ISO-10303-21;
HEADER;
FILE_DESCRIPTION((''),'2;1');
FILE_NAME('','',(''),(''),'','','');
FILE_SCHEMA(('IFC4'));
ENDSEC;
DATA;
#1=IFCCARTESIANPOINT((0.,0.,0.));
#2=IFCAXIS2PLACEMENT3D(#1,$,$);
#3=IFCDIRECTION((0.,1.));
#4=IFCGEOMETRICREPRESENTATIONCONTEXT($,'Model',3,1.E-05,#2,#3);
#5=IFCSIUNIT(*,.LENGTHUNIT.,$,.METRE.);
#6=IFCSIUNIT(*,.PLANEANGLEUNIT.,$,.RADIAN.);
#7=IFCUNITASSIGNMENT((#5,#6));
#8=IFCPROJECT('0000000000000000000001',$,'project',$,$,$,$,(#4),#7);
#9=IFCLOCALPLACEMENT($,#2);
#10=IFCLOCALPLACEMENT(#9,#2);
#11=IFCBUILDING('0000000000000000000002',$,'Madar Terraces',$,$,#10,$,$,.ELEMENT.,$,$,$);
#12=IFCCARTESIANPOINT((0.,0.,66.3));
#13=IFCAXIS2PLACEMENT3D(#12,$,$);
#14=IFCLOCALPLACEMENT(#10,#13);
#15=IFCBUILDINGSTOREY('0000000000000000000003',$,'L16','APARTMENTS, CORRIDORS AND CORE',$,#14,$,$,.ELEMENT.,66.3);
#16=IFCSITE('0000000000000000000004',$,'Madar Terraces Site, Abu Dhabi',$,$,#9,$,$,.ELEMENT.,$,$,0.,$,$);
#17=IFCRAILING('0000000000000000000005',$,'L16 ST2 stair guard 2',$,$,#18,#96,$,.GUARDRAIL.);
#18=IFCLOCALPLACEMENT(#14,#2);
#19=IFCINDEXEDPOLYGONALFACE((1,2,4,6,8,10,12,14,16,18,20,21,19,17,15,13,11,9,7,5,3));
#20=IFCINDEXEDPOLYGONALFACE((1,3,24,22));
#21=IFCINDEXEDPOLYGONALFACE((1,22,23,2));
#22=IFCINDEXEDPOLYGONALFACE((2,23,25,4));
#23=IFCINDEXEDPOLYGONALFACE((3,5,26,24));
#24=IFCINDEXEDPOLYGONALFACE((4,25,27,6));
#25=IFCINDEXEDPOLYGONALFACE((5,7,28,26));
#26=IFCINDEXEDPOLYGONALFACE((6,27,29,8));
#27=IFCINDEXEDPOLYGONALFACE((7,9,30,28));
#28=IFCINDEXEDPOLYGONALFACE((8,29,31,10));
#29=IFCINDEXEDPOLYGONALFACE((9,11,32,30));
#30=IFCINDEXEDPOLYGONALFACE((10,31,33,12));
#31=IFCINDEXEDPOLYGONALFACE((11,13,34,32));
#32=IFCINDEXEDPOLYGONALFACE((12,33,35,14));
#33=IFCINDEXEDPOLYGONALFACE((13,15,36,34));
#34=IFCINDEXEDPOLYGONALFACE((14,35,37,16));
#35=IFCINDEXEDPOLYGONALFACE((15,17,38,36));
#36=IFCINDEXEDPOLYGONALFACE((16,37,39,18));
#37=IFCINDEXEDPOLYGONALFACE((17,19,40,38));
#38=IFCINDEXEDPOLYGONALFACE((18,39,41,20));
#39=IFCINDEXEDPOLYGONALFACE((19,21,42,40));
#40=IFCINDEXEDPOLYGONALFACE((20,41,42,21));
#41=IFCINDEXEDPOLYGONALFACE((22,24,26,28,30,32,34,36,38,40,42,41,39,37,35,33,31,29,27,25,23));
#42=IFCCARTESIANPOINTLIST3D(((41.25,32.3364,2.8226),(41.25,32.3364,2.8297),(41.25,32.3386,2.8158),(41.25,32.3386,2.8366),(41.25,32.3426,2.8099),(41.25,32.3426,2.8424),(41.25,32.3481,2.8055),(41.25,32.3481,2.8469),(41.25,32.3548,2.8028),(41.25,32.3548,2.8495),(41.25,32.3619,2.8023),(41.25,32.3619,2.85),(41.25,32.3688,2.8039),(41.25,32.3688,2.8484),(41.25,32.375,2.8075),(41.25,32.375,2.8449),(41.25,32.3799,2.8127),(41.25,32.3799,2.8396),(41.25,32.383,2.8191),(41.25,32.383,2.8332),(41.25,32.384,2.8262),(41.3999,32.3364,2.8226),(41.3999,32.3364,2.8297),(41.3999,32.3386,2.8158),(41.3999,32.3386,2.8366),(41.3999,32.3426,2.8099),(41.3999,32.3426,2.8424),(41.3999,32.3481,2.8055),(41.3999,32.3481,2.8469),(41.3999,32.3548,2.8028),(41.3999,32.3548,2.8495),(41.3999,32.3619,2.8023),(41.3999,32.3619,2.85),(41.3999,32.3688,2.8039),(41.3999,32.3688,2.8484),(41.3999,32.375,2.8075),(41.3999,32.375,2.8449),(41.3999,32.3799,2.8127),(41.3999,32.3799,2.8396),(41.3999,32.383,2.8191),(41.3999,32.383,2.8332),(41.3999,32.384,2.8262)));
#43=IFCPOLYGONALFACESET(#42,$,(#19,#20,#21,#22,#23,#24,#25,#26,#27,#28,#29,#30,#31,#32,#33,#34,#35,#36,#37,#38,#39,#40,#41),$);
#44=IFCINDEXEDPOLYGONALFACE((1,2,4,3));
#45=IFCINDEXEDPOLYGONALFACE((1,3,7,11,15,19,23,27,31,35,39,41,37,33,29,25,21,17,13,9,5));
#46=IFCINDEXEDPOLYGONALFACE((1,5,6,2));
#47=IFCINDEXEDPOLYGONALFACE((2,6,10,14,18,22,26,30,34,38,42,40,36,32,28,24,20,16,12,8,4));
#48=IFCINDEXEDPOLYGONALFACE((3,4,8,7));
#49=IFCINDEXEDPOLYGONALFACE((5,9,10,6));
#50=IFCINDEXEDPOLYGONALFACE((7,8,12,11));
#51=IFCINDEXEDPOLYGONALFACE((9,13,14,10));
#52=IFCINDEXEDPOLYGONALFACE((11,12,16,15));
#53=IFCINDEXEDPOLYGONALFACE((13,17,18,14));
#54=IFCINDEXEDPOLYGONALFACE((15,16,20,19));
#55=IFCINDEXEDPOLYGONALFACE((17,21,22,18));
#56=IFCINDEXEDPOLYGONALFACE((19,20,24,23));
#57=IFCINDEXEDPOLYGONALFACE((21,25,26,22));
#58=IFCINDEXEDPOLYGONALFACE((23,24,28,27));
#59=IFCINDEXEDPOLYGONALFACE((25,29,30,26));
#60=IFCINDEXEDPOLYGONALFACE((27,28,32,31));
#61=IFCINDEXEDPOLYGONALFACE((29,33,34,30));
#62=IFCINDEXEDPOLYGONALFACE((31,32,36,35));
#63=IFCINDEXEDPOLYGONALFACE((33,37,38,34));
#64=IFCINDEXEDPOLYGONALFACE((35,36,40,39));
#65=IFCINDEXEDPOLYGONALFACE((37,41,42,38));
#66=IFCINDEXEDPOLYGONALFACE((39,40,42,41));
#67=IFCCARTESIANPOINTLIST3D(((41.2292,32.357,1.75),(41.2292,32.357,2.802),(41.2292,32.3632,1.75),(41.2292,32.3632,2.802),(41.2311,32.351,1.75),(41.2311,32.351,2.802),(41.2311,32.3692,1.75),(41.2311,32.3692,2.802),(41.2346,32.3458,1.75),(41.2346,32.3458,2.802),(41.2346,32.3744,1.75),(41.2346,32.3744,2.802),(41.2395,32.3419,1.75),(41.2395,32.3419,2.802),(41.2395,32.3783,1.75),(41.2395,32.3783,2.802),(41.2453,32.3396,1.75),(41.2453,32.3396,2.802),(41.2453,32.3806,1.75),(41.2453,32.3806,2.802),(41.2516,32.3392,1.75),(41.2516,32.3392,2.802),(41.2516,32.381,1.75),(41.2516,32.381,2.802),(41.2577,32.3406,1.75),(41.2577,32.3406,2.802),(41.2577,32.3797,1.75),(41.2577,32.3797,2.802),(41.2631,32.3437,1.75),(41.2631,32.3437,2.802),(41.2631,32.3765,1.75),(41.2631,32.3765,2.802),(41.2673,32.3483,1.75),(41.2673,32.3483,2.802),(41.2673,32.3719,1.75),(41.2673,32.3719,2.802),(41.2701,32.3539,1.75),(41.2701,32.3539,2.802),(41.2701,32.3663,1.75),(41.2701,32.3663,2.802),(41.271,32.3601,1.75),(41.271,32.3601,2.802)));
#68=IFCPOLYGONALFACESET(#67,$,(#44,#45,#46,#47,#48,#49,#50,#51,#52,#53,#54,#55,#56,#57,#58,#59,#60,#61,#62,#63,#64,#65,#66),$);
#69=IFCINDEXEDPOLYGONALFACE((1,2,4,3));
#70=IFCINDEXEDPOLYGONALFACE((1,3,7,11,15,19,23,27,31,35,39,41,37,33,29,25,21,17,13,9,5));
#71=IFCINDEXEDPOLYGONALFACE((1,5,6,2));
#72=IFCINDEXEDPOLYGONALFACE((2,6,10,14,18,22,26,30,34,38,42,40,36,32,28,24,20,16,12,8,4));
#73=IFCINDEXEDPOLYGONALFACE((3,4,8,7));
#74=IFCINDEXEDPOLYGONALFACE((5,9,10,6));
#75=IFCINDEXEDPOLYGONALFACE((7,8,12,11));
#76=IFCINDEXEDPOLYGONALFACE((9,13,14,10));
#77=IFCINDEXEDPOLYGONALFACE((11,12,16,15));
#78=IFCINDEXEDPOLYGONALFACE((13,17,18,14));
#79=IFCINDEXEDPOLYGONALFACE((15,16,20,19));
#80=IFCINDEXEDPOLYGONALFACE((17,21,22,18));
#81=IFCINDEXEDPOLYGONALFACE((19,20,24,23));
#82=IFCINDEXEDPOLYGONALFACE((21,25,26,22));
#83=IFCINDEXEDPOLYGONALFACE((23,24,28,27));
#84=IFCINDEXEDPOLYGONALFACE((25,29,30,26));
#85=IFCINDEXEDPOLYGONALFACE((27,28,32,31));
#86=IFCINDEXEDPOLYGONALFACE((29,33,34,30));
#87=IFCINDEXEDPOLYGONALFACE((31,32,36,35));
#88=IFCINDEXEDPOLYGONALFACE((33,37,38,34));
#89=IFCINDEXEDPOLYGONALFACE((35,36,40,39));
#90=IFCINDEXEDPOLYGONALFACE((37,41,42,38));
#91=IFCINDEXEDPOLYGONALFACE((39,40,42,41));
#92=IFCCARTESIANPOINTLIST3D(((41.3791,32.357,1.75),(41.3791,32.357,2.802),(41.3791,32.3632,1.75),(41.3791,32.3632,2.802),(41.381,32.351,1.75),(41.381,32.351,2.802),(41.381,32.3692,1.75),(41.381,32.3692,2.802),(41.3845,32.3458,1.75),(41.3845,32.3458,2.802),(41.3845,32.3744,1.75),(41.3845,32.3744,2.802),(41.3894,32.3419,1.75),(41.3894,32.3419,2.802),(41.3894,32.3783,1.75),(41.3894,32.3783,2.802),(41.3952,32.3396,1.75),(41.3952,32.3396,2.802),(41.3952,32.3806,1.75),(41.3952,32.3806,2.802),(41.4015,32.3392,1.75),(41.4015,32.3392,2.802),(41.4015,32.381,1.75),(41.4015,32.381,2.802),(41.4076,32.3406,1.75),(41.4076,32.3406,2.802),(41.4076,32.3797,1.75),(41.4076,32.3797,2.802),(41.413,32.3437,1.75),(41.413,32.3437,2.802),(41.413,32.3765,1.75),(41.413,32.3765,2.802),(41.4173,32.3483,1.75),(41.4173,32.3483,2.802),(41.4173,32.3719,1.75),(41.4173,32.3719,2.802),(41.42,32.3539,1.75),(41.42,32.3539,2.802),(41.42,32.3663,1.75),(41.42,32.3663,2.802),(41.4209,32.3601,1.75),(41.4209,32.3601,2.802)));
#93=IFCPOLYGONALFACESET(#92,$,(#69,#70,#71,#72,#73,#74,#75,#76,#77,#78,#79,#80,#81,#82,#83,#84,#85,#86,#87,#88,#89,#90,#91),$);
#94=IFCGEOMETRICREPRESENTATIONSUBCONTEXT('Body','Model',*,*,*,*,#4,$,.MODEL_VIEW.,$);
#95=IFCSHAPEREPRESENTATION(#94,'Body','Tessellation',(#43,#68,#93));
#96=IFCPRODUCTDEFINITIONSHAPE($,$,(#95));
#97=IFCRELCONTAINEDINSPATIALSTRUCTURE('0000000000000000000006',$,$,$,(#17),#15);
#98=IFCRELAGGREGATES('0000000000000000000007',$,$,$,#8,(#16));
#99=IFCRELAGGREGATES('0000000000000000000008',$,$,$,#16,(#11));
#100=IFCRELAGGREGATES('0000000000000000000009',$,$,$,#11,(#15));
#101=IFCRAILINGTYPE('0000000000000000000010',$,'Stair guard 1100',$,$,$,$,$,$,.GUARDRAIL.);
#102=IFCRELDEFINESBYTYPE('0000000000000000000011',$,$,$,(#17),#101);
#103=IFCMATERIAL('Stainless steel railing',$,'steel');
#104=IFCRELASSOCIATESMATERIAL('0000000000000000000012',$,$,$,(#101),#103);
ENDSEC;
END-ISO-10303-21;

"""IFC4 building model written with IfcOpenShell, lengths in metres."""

from ifc_helpers import new_model, si_unit, direction, frame, origin, origin_2d, place, context, subcontext, project, spatial, circle, extrude, material, type_object, element, save


model = new_model("IFC4")

# Units and contexts
model_context = context("Model", 3, precision=1e-05, world=origin(), true_north=direction((0.0, 1.0)))
body_context = subcontext(model_context, "Body", "Model", "MODEL_VIEW")
ifc_project = project(units=[si_unit("LENGTHUNIT", "METRE"), si_unit("PLANEANGLEUNIT", "RADIAN")], contexts=[model_context])

# Site, building, storey
site_placement = place(None, origin())
site = spatial("IfcSite", under=ifc_project, at=site_placement, Name="Madar Terraces Site, Abu Dhabi", CompositionType="ELEMENT", RefElevation=0.0)
building_placement = place(site_placement, origin())
building = spatial("IfcBuilding", under=site, at=building_placement, Name="Madar Terraces", CompositionType="ELEMENT")
storey_placement = place(building_placement, frame((0.0, 0.0, 66.3)))
storey = spatial("IfcBuildingStorey", under=building, at=storey_placement, Name="L16", Description="APARTMENTS, CORRIDORS AND CORE", CompositionType="ELEMENT", Elevation=66.3)

# Railing
ifc_material_1 = material(Name="Stainless steel railing", Category="steel")
railing_type_1 = type_object("IfcRailingType", Name="Stair guard 1100", PredefinedType="GUARDRAIL", material=ifc_material_1)
railing_1_placement = place(storey_placement, frame((41.25, 32.3601, 1.75)))
element("IfcRailing", 1, at=railing_1_placement, inside=storey, type_object=railing_type_1, Name="L16 ST2 stair guard 2", PredefinedType="GUARDRAIL", context=body_context, shape_type="SweptSolid", body=[
    extrude(circle(Radius=0.0239, at=origin_2d()), frame((0.0, 0.0, 1.0762), z_axis=(1.0, 0.0, 0.0), x_axis=(0.0, 1.0, 0.0)), (0.0, 0.0, 1.0), 0.1499),
    extrude(circle(Radius=0.021, at=origin_2d()), origin(), (0.0, 0.0, 1.0), 1.052),
    extrude(circle(Radius=0.021, at=origin_2d()), frame((0.1499, 0.0, 0.0)), (0.0, 0.0, 1.0), 1.052),
])

save(model, "model.ifc")
